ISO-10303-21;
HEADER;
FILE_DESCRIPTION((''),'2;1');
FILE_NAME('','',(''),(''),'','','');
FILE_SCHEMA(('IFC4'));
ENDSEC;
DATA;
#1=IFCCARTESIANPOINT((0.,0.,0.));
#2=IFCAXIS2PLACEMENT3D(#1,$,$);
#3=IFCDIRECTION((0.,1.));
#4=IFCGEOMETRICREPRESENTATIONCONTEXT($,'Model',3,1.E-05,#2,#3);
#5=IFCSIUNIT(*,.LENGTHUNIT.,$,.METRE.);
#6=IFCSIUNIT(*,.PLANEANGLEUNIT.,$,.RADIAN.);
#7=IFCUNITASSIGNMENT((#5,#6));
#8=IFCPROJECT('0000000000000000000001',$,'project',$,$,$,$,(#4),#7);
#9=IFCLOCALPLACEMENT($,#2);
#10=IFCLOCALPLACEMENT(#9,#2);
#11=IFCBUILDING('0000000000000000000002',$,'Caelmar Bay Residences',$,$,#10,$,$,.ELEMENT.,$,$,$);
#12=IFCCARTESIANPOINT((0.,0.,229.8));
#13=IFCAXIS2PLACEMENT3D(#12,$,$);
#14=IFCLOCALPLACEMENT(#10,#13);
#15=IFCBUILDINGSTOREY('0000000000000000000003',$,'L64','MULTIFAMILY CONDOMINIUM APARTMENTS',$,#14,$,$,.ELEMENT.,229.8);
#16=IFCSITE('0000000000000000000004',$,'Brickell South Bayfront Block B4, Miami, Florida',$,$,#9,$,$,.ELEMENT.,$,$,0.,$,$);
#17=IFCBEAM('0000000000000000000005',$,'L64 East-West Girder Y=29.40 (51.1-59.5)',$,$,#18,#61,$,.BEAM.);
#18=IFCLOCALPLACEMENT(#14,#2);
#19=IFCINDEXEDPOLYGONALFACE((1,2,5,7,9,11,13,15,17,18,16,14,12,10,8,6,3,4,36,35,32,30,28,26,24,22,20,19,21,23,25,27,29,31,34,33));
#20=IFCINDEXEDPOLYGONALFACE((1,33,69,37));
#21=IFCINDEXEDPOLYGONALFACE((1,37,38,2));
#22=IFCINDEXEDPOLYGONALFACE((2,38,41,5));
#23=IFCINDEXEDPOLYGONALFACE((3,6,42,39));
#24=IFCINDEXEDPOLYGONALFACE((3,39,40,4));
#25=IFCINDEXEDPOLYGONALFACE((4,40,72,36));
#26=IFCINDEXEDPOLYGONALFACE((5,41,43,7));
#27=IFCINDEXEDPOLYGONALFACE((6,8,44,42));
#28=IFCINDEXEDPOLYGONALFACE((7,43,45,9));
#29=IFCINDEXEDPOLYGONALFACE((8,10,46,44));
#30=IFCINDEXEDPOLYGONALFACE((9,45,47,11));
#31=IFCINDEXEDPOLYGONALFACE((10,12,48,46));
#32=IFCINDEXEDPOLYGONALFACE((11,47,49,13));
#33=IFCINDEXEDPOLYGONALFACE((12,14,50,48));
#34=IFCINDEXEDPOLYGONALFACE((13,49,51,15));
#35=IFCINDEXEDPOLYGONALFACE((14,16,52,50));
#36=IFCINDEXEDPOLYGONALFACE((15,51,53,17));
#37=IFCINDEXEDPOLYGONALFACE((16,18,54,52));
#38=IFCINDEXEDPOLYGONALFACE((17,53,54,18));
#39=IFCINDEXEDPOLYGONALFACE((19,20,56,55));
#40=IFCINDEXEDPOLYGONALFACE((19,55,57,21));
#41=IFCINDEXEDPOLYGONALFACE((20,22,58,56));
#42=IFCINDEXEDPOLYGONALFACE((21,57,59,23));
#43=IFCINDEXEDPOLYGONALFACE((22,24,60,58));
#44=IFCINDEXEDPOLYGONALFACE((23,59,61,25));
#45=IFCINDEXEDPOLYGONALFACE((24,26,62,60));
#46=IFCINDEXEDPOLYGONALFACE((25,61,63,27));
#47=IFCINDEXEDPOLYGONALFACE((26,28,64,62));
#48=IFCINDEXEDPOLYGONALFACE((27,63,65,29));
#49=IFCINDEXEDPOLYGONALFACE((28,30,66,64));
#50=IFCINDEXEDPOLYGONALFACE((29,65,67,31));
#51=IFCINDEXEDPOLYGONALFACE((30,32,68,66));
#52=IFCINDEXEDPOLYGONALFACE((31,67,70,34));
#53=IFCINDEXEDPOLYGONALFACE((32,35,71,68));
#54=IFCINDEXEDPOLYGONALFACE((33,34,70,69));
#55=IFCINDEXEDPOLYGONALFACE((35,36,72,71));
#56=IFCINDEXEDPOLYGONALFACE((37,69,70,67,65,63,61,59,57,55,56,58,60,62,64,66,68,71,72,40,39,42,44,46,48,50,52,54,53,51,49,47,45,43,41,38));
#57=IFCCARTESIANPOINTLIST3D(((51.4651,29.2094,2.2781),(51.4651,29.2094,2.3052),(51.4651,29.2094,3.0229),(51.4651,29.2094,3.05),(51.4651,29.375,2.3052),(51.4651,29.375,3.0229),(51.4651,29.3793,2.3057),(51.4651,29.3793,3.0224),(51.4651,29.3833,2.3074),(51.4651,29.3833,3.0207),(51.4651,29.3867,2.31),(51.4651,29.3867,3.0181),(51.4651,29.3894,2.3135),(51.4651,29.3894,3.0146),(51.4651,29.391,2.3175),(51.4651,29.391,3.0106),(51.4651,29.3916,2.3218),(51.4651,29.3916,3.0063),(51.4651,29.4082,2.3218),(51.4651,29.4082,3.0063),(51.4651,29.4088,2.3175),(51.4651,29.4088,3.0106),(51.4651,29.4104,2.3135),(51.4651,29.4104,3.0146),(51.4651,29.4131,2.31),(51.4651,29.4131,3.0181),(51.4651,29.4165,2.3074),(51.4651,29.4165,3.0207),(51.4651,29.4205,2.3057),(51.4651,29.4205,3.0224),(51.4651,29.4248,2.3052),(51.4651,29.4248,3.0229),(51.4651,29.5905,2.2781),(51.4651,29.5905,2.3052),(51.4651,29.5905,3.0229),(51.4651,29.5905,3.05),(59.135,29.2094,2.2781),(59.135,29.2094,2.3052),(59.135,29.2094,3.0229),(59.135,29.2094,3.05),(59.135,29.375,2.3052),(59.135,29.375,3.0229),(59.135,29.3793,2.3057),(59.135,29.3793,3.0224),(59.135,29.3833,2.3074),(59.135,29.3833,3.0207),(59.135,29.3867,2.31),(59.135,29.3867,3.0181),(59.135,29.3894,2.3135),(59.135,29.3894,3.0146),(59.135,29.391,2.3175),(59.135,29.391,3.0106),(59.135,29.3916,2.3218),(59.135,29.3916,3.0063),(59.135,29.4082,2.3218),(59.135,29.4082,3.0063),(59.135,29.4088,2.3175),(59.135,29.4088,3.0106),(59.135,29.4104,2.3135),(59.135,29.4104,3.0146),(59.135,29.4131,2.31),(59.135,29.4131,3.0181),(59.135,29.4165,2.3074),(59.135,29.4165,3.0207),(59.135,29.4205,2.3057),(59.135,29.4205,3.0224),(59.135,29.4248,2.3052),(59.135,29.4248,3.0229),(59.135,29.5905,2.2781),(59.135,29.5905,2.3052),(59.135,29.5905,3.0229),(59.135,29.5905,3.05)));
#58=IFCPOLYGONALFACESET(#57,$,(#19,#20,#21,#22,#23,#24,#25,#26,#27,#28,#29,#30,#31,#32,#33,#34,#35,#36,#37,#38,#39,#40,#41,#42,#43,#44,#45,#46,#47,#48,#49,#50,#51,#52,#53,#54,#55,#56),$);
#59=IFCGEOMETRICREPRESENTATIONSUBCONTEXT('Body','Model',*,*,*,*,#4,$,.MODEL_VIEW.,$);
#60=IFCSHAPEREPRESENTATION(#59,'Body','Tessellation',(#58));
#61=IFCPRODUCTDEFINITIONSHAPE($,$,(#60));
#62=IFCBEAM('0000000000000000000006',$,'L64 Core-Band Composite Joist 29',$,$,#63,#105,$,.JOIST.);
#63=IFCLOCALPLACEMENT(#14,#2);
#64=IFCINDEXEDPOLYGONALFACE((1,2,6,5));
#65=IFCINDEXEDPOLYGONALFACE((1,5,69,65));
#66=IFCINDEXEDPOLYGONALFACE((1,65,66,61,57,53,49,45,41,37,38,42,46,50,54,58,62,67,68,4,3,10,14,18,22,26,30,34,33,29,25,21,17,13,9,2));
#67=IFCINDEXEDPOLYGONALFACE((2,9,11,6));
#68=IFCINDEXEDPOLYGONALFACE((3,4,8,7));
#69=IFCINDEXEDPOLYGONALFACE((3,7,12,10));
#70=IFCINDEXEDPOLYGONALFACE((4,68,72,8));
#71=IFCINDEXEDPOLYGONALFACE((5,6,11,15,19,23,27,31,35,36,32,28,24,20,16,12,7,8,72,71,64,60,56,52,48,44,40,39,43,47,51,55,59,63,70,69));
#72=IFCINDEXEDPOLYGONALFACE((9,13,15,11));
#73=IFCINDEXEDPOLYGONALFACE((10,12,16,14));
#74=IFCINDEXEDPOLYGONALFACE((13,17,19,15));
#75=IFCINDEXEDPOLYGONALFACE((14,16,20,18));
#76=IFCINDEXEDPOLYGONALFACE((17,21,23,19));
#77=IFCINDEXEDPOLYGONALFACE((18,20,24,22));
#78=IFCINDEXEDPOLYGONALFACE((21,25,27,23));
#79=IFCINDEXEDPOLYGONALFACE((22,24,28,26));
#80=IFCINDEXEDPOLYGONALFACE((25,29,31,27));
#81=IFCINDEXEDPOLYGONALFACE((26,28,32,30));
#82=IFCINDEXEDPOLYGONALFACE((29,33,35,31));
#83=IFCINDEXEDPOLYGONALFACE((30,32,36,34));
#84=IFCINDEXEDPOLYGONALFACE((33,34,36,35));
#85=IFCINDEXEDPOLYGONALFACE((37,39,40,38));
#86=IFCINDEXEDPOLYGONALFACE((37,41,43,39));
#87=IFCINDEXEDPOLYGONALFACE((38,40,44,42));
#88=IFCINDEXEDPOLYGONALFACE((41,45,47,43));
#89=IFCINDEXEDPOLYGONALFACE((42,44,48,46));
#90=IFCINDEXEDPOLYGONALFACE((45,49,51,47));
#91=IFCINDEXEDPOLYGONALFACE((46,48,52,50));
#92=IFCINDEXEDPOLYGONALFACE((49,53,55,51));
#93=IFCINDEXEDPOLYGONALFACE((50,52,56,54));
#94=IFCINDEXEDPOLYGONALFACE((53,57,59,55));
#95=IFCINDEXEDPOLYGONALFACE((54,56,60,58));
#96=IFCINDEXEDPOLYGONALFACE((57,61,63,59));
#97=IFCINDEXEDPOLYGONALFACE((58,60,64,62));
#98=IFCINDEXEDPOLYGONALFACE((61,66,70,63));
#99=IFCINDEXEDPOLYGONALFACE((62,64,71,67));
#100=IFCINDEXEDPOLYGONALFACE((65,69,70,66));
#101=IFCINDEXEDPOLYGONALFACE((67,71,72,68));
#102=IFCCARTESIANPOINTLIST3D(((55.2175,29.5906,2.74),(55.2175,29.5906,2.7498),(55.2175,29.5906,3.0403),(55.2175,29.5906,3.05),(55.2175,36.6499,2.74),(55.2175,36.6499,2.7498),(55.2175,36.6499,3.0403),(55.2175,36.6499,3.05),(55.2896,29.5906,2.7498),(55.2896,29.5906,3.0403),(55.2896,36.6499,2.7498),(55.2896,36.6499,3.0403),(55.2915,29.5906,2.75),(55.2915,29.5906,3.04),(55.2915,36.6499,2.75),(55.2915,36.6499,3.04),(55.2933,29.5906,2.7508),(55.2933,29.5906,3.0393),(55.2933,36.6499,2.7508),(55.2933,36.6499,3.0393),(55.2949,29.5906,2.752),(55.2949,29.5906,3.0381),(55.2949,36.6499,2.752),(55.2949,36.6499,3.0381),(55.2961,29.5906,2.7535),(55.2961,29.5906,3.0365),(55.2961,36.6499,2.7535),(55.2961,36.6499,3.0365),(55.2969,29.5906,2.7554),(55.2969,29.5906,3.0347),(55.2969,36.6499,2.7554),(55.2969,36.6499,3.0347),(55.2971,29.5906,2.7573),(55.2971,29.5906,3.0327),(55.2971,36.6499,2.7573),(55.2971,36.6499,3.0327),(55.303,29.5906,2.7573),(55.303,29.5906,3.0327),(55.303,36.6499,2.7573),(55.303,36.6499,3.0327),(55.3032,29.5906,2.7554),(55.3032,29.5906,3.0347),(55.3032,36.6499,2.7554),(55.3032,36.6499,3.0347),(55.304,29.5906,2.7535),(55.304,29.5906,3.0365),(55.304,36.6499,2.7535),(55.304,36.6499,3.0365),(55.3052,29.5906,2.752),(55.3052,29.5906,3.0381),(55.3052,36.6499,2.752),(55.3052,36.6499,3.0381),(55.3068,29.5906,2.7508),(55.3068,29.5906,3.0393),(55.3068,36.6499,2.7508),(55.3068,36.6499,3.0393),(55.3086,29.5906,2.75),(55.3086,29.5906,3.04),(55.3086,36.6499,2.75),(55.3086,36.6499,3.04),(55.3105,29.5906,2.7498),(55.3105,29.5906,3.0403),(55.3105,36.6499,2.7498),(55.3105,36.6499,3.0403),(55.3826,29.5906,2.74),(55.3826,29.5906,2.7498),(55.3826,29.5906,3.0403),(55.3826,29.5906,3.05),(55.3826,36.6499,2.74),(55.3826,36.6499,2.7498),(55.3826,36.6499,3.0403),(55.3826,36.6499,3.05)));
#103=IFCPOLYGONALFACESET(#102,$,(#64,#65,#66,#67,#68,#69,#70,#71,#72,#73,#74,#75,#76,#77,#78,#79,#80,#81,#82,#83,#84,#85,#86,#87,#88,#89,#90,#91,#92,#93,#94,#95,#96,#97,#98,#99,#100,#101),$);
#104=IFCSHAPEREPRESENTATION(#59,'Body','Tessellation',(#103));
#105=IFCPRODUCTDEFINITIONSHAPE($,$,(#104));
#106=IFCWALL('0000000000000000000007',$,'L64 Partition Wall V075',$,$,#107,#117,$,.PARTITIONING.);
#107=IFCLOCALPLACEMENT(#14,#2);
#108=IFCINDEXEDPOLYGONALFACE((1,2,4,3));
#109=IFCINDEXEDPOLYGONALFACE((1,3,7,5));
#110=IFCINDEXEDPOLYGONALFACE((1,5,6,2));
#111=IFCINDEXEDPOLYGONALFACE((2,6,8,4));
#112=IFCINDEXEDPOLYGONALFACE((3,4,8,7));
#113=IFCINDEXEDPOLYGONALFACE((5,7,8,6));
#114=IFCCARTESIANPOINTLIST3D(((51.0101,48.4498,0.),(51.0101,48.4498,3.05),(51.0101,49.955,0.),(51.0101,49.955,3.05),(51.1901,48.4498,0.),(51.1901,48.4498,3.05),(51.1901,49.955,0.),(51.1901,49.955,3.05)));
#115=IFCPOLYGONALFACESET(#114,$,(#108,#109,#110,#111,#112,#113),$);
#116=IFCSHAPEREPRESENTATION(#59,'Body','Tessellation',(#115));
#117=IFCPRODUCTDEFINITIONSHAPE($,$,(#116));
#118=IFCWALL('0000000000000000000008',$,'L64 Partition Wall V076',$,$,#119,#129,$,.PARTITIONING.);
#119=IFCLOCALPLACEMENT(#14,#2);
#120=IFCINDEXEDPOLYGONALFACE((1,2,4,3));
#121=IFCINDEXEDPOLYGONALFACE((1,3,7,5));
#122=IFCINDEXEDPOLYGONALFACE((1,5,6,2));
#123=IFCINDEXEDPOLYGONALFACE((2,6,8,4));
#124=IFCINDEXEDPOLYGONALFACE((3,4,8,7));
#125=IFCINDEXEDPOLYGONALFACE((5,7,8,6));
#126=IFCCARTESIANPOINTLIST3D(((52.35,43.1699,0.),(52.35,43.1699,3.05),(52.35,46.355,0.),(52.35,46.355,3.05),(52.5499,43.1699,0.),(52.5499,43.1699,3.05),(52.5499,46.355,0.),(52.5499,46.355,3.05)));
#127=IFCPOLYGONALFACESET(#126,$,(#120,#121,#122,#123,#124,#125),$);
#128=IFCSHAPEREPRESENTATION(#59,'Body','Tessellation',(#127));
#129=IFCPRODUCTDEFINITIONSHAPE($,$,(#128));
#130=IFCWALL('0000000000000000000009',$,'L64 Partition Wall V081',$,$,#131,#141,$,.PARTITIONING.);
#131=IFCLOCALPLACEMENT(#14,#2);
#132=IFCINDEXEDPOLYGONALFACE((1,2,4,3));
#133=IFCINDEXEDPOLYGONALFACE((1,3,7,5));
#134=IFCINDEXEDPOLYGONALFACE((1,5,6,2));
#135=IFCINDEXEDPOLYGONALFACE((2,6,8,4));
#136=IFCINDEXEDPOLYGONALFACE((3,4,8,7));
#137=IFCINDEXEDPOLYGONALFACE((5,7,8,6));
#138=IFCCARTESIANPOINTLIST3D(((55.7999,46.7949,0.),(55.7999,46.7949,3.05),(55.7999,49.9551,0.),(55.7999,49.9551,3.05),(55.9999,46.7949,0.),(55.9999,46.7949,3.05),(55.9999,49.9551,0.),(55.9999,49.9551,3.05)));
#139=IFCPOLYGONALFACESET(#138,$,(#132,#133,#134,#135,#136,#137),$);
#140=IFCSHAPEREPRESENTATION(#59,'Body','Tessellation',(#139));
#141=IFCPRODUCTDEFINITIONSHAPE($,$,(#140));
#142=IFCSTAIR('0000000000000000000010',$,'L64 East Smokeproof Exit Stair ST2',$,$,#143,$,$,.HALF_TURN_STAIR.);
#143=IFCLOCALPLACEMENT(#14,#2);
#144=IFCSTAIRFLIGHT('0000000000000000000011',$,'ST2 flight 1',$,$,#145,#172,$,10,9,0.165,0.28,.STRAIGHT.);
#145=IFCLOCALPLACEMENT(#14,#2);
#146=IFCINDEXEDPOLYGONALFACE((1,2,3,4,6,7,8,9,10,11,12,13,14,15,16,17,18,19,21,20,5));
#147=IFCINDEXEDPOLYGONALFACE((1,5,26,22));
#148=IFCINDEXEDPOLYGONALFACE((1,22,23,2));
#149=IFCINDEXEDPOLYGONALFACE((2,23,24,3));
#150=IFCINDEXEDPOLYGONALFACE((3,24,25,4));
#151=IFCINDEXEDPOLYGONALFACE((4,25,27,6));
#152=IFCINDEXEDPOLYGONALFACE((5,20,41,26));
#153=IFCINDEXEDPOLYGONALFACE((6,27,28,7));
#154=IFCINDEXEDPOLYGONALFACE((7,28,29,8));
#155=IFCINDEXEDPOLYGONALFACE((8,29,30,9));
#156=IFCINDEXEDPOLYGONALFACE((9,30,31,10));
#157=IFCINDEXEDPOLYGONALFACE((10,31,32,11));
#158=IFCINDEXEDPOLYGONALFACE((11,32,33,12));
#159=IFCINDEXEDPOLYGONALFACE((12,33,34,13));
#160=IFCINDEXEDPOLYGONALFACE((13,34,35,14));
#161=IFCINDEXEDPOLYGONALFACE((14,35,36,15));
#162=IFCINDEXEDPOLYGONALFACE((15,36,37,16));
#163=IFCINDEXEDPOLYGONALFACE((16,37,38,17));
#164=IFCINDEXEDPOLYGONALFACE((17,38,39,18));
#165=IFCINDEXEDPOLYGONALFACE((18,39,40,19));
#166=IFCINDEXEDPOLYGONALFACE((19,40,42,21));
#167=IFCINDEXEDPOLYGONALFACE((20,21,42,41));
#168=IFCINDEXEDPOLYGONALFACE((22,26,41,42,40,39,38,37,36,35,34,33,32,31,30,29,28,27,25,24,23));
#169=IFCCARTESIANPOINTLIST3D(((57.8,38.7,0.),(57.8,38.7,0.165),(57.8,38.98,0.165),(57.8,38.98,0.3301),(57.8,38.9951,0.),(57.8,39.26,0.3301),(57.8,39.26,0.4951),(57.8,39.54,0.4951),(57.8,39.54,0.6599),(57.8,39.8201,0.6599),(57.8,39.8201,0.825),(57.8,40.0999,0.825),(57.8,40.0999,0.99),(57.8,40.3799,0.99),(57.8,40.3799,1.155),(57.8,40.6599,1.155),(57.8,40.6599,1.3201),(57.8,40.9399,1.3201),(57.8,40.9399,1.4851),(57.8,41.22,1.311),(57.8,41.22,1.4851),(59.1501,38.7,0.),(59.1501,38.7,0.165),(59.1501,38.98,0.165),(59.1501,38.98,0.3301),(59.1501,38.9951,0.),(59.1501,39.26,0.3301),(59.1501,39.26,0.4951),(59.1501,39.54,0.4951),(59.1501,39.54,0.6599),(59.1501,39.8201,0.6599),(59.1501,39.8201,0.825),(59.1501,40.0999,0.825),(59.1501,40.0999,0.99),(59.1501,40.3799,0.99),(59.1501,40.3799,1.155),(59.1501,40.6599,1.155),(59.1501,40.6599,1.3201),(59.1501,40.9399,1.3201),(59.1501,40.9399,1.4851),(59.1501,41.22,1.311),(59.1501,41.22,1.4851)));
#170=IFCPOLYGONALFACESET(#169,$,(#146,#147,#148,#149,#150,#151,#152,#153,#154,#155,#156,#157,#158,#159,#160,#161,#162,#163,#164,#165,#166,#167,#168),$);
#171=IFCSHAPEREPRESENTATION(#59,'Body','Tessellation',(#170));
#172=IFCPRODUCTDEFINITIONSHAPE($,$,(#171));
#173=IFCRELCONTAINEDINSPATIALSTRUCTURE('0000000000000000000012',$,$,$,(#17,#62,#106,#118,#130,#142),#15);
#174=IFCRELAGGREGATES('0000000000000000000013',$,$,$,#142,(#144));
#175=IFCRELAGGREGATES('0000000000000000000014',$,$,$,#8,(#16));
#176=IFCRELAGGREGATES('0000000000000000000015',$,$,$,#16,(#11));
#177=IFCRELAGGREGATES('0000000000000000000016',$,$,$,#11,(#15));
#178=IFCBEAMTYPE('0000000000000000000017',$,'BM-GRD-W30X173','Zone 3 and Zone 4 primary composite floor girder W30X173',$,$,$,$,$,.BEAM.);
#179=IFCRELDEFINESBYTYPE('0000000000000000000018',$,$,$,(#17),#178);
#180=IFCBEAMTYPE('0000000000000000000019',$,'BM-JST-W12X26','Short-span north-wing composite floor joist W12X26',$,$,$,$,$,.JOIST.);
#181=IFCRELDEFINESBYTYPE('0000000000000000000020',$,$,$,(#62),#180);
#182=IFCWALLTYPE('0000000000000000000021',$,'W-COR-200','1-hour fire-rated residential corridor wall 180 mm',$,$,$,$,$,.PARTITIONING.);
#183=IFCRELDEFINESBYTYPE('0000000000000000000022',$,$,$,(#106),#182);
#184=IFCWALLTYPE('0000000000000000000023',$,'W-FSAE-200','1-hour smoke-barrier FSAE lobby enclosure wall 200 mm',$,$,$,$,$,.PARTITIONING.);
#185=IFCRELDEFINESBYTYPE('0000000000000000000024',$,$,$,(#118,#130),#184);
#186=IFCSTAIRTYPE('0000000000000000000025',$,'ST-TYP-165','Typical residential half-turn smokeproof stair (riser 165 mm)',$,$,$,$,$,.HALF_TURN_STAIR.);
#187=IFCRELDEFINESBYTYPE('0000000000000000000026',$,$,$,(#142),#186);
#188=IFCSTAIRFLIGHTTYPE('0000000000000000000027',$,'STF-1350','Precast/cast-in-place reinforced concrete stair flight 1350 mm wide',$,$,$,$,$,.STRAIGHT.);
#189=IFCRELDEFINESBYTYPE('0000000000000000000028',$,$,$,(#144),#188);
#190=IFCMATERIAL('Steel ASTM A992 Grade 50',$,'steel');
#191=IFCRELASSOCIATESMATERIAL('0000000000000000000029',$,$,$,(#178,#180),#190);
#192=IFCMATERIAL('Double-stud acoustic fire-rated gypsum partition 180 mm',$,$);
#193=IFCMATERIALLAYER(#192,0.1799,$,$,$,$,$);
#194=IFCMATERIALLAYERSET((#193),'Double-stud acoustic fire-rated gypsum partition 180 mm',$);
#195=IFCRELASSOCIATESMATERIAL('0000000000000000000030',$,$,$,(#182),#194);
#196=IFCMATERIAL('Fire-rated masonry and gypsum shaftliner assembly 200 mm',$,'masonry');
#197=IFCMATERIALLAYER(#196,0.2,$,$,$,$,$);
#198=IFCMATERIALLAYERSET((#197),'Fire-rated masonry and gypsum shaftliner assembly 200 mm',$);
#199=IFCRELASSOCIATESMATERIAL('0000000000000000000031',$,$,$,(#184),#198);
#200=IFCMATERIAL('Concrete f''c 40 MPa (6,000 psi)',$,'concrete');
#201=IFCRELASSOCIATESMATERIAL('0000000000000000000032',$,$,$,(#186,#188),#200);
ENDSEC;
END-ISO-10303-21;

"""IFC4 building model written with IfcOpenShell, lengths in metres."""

from ifc_helpers import new_model, si_unit, direction, frame, frame_2d, origin, origin_2d, place, context, subcontext, project, spatial, polyline, rectangle, i_section, outline, extrude, material, layer, layer_set, material_profile, profile_set, type_object, element, aggregate, save


model = new_model("IFC4")

# Units and contexts
model_context = context("Model", 3, precision=1e-05, world=origin(), true_north=direction((0.0, 1.0)))
body_context = subcontext(model_context, "Body", "Model", "MODEL_VIEW")
ifc_project = project(units=[si_unit("LENGTHUNIT", "METRE"), si_unit("PLANEANGLEUNIT", "RADIAN")], contexts=[model_context])

# Site, building, storey
site_placement = place(None, origin())
site = spatial("IfcSite", under=ifc_project, at=site_placement, Name="Brickell South Bayfront Block B4, Miami, Florida", CompositionType="ELEMENT", RefElevation=0.0)
building_placement = place(site_placement, origin())
building = spatial("IfcBuilding", under=site, at=building_placement, Name="Caelmar Bay Residences", CompositionType="ELEMENT")
storey_placement = place(building_placement, frame((0.0, 0.0, 229.8)))
storey = spatial("IfcBuildingStorey", under=building, at=storey_placement, Name="L64", Description="MULTIFAMILY CONDOMINIUM APARTMENTS", CompositionType="ELEMENT", Elevation=229.8)

# Beams
ifc_material_1 = material(Name="Steel ASTM A992 Grade 50", Category="steel")
ifc_material_profile_1 = material_profile(ifc_material_1, i_section(OverallWidth=0.3811, OverallDepth=0.772, WebThickness=0.0166, FlangeThickness=0.0271, FilletRadius=0.0166, at=origin_2d()), Name="W30X173")
ifc_profile_set_1 = profile_set([ifc_material_profile_1], Name="Steel ASTM A992 Grade 50")
beam_type_1 = type_object("IfcBeamType", Name="BM-GRD-W30X173", Description="Zone 3 and Zone 4 primary composite floor girder W30X173", PredefinedType="BEAM", material=ifc_profile_set_1)
beam_1_placement = place(storey_placement, frame((51.4651, 29.3999, 2.6641), z_axis=(1.0, 0.0, 0.0), x_axis=(0.0, 1.0, 0.0)))
element("IfcBeam", 1, at=beam_1_placement, inside=storey, type_object=beam_type_1, Name="L64 East-West Girder Y=29.40 (51.1-59.5)", PredefinedType="BEAM", context=body_context, shape_type="SweptSolid", body=[
    extrude(i_section(OverallWidth=0.3811, OverallDepth=0.772, WebThickness=0.0166, FlangeThickness=0.0271, FilletRadius=0.0166, at=origin_2d()), origin(), (0.0, 0.0, 1.0), 7.6699),
])
ifc_material_profile_2 = material_profile(ifc_material_1, i_section(OverallWidth=0.165, OverallDepth=0.3101, WebThickness=0.0059, FlangeThickness=0.0098, FilletRadius=0.0076, at=origin_2d()), Name="W12X26")
ifc_profile_set_2 = profile_set([ifc_material_profile_2], Name="Steel ASTM A992 Grade 50")
beam_type_2 = type_object("IfcBeamType", Name="BM-JST-W12X26", Description="Short-span north-wing composite floor joist W12X26", PredefinedType="JOIST", material=ifc_profile_set_2)
beam_2_placement = place(storey_placement, frame((55.3, 29.5906, 2.895), z_axis=(0.0, 1.0, 0.0), x_axis=(-1.0, 0.0, 0.0)))
element("IfcBeam", 2, at=beam_2_placement, inside=storey, type_object=beam_type_2, Name="L64 Core-Band Composite Joist 29", PredefinedType="JOIST", context=body_context, shape_type="SweptSolid", body=[
    extrude(i_section(OverallWidth=0.165, OverallDepth=0.3101, WebThickness=0.0059, FlangeThickness=0.0098, FilletRadius=0.0076, at=origin_2d()), origin(), (0.0, 0.0, 1.0), 7.0593),
])

# Walls
ifc_material_2 = material(Name="Double-stud acoustic fire-rated gypsum partition 180 mm")
ifc_layer_1 = layer(ifc_material_2, 0.1799)
ifc_layer_set_1 = layer_set([ifc_layer_1], Name="Double-stud acoustic fire-rated gypsum partition 180 mm")
wall_type_1 = type_object("IfcWallType", Name="W-COR-200", Description="1-hour fire-rated residential corridor wall 180 mm", PredefinedType="PARTITIONING", material=ifc_layer_set_1)
wall_1_placement = place(storey_placement, frame((51.1001, 48.45, 0.0), z_axis=(0.0, 0.0, 1.0), x_axis=(0.0, 1.0, 0.0)))
element("IfcWall", 3, at=wall_1_placement, inside=storey, type_object=wall_type_1, Name="L64 Partition Wall V075", PredefinedType="PARTITIONING", context=body_context, shape_type="SweptSolid", body=[
    extrude(rectangle(XDim=1.5051, YDim=0.1799, at=frame_2d((0.7524, 0.0))), origin(), (0.0, 0.0, 1.0), 3.05),
])
ifc_material_3 = material(Name="Fire-rated masonry and gypsum shaftliner assembly 200 mm", Category="masonry")
ifc_layer_2 = layer(ifc_material_3, 0.2)
ifc_layer_set_2 = layer_set([ifc_layer_2], Name="Fire-rated masonry and gypsum shaftliner assembly 200 mm")
wall_type_2 = type_object("IfcWallType", Name="W-FSAE-200", Description="1-hour smoke-barrier FSAE lobby enclosure wall 200 mm", PredefinedType="PARTITIONING", material=ifc_layer_set_2)
wall_2_placement = place(storey_placement, frame((52.45, 43.1699, 0.0), z_axis=(0.0, 0.0, 1.0), x_axis=(0.0, 1.0, 0.0)))
element("IfcWall", 4, at=wall_2_placement, inside=storey, type_object=wall_type_2, Name="L64 Partition Wall V076", PredefinedType="PARTITIONING", context=body_context, shape_type="SweptSolid", body=[
    extrude(rectangle(XDim=3.1851, YDim=0.2, at=frame_2d((1.5925, 0.0))), origin(), (0.0, 0.0, 1.0), 3.05),
])
wall_3_placement = place(storey_placement, frame((55.8999, 46.7949, 0.0), z_axis=(0.0, 0.0, 1.0), x_axis=(0.0, 1.0, 0.0)))
element("IfcWall", 5, at=wall_3_placement, inside=storey, type_object=wall_type_2, Name="L64 Partition Wall V081", PredefinedType="PARTITIONING", context=body_context, shape_type="SweptSolid", body=[
    extrude(rectangle(XDim=3.1602, YDim=0.2, at=frame_2d((1.5801, 0.0))), origin(), (0.0, 0.0, 1.0), 3.05),
])

# Stair, stair flight
ifc_material_4 = material(Name="Concrete f'c 40 MPa (6,000 psi)", Category="concrete")
stair_type = type_object("IfcStairType", Name="ST-TYP-165", Description="Typical residential half-turn smokeproof stair (riser 165 mm)", PredefinedType="HALF_TURN_STAIR", material=ifc_material_4)
stair_placement = place(storey_placement, origin())
stair = element("IfcStair", 6, at=stair_placement, inside=storey, type_object=stair_type, Name="L64 East Smokeproof Exit Stair ST2", PredefinedType="HALF_TURN_STAIR")
stair_flight_type = type_object("IfcStairFlightType", Name="STF-1350", Description="Precast/cast-in-place reinforced concrete stair flight 1350 mm wide", PredefinedType="STRAIGHT", material=ifc_material_4)
stair_flight_1_placement = place(storey_placement, frame((58.4751, 38.7, 0.0), z_axis=(0.0, 0.0, 1.0), x_axis=(0.0, 1.0, 0.0)))
stair_flight_1 = element("IfcStairFlight", 7, at=stair_flight_1_placement, type_object=stair_flight_type, Name="ST2 flight 1", NumberOfRisers=10, NumberOfTreads=9, PredefinedType="STRAIGHT", RiserHeight=0.165, TreadLength=0.28, context=body_context, shape_type="SweptSolid", body=[
    extrude(outline(polyline([(0.0, 0.0), (0.0, 0.165), (0.28, 0.165), (0.28, 0.3301), (0.5601, 0.3301), (0.5601, 0.4951), (0.8401, 0.4951), (0.8401, 0.6599), (1.1201, 0.6599), (1.1201, 0.825), (1.3999, 0.825), (1.3999, 0.99), (1.6799, 0.99), (1.6799, 1.155), (1.96, 1.155), (1.96, 1.3201), (2.24, 1.3201), (2.24, 1.4851), (2.52, 1.4851), (2.52, 1.6499), (2.52, 1.311), (0.2952, 0.0), (0.0, 0.0)])), frame((0.0, 0.675, 0.0), z_axis=(0.0, -1.0, 0.0), x_axis=(1.0, 0.0, 0.0)), (0.0, 0.0, 1.0), 1.3501),
])
aggregate(stair, [stair_flight_1])

save(model, "model.ifc")
